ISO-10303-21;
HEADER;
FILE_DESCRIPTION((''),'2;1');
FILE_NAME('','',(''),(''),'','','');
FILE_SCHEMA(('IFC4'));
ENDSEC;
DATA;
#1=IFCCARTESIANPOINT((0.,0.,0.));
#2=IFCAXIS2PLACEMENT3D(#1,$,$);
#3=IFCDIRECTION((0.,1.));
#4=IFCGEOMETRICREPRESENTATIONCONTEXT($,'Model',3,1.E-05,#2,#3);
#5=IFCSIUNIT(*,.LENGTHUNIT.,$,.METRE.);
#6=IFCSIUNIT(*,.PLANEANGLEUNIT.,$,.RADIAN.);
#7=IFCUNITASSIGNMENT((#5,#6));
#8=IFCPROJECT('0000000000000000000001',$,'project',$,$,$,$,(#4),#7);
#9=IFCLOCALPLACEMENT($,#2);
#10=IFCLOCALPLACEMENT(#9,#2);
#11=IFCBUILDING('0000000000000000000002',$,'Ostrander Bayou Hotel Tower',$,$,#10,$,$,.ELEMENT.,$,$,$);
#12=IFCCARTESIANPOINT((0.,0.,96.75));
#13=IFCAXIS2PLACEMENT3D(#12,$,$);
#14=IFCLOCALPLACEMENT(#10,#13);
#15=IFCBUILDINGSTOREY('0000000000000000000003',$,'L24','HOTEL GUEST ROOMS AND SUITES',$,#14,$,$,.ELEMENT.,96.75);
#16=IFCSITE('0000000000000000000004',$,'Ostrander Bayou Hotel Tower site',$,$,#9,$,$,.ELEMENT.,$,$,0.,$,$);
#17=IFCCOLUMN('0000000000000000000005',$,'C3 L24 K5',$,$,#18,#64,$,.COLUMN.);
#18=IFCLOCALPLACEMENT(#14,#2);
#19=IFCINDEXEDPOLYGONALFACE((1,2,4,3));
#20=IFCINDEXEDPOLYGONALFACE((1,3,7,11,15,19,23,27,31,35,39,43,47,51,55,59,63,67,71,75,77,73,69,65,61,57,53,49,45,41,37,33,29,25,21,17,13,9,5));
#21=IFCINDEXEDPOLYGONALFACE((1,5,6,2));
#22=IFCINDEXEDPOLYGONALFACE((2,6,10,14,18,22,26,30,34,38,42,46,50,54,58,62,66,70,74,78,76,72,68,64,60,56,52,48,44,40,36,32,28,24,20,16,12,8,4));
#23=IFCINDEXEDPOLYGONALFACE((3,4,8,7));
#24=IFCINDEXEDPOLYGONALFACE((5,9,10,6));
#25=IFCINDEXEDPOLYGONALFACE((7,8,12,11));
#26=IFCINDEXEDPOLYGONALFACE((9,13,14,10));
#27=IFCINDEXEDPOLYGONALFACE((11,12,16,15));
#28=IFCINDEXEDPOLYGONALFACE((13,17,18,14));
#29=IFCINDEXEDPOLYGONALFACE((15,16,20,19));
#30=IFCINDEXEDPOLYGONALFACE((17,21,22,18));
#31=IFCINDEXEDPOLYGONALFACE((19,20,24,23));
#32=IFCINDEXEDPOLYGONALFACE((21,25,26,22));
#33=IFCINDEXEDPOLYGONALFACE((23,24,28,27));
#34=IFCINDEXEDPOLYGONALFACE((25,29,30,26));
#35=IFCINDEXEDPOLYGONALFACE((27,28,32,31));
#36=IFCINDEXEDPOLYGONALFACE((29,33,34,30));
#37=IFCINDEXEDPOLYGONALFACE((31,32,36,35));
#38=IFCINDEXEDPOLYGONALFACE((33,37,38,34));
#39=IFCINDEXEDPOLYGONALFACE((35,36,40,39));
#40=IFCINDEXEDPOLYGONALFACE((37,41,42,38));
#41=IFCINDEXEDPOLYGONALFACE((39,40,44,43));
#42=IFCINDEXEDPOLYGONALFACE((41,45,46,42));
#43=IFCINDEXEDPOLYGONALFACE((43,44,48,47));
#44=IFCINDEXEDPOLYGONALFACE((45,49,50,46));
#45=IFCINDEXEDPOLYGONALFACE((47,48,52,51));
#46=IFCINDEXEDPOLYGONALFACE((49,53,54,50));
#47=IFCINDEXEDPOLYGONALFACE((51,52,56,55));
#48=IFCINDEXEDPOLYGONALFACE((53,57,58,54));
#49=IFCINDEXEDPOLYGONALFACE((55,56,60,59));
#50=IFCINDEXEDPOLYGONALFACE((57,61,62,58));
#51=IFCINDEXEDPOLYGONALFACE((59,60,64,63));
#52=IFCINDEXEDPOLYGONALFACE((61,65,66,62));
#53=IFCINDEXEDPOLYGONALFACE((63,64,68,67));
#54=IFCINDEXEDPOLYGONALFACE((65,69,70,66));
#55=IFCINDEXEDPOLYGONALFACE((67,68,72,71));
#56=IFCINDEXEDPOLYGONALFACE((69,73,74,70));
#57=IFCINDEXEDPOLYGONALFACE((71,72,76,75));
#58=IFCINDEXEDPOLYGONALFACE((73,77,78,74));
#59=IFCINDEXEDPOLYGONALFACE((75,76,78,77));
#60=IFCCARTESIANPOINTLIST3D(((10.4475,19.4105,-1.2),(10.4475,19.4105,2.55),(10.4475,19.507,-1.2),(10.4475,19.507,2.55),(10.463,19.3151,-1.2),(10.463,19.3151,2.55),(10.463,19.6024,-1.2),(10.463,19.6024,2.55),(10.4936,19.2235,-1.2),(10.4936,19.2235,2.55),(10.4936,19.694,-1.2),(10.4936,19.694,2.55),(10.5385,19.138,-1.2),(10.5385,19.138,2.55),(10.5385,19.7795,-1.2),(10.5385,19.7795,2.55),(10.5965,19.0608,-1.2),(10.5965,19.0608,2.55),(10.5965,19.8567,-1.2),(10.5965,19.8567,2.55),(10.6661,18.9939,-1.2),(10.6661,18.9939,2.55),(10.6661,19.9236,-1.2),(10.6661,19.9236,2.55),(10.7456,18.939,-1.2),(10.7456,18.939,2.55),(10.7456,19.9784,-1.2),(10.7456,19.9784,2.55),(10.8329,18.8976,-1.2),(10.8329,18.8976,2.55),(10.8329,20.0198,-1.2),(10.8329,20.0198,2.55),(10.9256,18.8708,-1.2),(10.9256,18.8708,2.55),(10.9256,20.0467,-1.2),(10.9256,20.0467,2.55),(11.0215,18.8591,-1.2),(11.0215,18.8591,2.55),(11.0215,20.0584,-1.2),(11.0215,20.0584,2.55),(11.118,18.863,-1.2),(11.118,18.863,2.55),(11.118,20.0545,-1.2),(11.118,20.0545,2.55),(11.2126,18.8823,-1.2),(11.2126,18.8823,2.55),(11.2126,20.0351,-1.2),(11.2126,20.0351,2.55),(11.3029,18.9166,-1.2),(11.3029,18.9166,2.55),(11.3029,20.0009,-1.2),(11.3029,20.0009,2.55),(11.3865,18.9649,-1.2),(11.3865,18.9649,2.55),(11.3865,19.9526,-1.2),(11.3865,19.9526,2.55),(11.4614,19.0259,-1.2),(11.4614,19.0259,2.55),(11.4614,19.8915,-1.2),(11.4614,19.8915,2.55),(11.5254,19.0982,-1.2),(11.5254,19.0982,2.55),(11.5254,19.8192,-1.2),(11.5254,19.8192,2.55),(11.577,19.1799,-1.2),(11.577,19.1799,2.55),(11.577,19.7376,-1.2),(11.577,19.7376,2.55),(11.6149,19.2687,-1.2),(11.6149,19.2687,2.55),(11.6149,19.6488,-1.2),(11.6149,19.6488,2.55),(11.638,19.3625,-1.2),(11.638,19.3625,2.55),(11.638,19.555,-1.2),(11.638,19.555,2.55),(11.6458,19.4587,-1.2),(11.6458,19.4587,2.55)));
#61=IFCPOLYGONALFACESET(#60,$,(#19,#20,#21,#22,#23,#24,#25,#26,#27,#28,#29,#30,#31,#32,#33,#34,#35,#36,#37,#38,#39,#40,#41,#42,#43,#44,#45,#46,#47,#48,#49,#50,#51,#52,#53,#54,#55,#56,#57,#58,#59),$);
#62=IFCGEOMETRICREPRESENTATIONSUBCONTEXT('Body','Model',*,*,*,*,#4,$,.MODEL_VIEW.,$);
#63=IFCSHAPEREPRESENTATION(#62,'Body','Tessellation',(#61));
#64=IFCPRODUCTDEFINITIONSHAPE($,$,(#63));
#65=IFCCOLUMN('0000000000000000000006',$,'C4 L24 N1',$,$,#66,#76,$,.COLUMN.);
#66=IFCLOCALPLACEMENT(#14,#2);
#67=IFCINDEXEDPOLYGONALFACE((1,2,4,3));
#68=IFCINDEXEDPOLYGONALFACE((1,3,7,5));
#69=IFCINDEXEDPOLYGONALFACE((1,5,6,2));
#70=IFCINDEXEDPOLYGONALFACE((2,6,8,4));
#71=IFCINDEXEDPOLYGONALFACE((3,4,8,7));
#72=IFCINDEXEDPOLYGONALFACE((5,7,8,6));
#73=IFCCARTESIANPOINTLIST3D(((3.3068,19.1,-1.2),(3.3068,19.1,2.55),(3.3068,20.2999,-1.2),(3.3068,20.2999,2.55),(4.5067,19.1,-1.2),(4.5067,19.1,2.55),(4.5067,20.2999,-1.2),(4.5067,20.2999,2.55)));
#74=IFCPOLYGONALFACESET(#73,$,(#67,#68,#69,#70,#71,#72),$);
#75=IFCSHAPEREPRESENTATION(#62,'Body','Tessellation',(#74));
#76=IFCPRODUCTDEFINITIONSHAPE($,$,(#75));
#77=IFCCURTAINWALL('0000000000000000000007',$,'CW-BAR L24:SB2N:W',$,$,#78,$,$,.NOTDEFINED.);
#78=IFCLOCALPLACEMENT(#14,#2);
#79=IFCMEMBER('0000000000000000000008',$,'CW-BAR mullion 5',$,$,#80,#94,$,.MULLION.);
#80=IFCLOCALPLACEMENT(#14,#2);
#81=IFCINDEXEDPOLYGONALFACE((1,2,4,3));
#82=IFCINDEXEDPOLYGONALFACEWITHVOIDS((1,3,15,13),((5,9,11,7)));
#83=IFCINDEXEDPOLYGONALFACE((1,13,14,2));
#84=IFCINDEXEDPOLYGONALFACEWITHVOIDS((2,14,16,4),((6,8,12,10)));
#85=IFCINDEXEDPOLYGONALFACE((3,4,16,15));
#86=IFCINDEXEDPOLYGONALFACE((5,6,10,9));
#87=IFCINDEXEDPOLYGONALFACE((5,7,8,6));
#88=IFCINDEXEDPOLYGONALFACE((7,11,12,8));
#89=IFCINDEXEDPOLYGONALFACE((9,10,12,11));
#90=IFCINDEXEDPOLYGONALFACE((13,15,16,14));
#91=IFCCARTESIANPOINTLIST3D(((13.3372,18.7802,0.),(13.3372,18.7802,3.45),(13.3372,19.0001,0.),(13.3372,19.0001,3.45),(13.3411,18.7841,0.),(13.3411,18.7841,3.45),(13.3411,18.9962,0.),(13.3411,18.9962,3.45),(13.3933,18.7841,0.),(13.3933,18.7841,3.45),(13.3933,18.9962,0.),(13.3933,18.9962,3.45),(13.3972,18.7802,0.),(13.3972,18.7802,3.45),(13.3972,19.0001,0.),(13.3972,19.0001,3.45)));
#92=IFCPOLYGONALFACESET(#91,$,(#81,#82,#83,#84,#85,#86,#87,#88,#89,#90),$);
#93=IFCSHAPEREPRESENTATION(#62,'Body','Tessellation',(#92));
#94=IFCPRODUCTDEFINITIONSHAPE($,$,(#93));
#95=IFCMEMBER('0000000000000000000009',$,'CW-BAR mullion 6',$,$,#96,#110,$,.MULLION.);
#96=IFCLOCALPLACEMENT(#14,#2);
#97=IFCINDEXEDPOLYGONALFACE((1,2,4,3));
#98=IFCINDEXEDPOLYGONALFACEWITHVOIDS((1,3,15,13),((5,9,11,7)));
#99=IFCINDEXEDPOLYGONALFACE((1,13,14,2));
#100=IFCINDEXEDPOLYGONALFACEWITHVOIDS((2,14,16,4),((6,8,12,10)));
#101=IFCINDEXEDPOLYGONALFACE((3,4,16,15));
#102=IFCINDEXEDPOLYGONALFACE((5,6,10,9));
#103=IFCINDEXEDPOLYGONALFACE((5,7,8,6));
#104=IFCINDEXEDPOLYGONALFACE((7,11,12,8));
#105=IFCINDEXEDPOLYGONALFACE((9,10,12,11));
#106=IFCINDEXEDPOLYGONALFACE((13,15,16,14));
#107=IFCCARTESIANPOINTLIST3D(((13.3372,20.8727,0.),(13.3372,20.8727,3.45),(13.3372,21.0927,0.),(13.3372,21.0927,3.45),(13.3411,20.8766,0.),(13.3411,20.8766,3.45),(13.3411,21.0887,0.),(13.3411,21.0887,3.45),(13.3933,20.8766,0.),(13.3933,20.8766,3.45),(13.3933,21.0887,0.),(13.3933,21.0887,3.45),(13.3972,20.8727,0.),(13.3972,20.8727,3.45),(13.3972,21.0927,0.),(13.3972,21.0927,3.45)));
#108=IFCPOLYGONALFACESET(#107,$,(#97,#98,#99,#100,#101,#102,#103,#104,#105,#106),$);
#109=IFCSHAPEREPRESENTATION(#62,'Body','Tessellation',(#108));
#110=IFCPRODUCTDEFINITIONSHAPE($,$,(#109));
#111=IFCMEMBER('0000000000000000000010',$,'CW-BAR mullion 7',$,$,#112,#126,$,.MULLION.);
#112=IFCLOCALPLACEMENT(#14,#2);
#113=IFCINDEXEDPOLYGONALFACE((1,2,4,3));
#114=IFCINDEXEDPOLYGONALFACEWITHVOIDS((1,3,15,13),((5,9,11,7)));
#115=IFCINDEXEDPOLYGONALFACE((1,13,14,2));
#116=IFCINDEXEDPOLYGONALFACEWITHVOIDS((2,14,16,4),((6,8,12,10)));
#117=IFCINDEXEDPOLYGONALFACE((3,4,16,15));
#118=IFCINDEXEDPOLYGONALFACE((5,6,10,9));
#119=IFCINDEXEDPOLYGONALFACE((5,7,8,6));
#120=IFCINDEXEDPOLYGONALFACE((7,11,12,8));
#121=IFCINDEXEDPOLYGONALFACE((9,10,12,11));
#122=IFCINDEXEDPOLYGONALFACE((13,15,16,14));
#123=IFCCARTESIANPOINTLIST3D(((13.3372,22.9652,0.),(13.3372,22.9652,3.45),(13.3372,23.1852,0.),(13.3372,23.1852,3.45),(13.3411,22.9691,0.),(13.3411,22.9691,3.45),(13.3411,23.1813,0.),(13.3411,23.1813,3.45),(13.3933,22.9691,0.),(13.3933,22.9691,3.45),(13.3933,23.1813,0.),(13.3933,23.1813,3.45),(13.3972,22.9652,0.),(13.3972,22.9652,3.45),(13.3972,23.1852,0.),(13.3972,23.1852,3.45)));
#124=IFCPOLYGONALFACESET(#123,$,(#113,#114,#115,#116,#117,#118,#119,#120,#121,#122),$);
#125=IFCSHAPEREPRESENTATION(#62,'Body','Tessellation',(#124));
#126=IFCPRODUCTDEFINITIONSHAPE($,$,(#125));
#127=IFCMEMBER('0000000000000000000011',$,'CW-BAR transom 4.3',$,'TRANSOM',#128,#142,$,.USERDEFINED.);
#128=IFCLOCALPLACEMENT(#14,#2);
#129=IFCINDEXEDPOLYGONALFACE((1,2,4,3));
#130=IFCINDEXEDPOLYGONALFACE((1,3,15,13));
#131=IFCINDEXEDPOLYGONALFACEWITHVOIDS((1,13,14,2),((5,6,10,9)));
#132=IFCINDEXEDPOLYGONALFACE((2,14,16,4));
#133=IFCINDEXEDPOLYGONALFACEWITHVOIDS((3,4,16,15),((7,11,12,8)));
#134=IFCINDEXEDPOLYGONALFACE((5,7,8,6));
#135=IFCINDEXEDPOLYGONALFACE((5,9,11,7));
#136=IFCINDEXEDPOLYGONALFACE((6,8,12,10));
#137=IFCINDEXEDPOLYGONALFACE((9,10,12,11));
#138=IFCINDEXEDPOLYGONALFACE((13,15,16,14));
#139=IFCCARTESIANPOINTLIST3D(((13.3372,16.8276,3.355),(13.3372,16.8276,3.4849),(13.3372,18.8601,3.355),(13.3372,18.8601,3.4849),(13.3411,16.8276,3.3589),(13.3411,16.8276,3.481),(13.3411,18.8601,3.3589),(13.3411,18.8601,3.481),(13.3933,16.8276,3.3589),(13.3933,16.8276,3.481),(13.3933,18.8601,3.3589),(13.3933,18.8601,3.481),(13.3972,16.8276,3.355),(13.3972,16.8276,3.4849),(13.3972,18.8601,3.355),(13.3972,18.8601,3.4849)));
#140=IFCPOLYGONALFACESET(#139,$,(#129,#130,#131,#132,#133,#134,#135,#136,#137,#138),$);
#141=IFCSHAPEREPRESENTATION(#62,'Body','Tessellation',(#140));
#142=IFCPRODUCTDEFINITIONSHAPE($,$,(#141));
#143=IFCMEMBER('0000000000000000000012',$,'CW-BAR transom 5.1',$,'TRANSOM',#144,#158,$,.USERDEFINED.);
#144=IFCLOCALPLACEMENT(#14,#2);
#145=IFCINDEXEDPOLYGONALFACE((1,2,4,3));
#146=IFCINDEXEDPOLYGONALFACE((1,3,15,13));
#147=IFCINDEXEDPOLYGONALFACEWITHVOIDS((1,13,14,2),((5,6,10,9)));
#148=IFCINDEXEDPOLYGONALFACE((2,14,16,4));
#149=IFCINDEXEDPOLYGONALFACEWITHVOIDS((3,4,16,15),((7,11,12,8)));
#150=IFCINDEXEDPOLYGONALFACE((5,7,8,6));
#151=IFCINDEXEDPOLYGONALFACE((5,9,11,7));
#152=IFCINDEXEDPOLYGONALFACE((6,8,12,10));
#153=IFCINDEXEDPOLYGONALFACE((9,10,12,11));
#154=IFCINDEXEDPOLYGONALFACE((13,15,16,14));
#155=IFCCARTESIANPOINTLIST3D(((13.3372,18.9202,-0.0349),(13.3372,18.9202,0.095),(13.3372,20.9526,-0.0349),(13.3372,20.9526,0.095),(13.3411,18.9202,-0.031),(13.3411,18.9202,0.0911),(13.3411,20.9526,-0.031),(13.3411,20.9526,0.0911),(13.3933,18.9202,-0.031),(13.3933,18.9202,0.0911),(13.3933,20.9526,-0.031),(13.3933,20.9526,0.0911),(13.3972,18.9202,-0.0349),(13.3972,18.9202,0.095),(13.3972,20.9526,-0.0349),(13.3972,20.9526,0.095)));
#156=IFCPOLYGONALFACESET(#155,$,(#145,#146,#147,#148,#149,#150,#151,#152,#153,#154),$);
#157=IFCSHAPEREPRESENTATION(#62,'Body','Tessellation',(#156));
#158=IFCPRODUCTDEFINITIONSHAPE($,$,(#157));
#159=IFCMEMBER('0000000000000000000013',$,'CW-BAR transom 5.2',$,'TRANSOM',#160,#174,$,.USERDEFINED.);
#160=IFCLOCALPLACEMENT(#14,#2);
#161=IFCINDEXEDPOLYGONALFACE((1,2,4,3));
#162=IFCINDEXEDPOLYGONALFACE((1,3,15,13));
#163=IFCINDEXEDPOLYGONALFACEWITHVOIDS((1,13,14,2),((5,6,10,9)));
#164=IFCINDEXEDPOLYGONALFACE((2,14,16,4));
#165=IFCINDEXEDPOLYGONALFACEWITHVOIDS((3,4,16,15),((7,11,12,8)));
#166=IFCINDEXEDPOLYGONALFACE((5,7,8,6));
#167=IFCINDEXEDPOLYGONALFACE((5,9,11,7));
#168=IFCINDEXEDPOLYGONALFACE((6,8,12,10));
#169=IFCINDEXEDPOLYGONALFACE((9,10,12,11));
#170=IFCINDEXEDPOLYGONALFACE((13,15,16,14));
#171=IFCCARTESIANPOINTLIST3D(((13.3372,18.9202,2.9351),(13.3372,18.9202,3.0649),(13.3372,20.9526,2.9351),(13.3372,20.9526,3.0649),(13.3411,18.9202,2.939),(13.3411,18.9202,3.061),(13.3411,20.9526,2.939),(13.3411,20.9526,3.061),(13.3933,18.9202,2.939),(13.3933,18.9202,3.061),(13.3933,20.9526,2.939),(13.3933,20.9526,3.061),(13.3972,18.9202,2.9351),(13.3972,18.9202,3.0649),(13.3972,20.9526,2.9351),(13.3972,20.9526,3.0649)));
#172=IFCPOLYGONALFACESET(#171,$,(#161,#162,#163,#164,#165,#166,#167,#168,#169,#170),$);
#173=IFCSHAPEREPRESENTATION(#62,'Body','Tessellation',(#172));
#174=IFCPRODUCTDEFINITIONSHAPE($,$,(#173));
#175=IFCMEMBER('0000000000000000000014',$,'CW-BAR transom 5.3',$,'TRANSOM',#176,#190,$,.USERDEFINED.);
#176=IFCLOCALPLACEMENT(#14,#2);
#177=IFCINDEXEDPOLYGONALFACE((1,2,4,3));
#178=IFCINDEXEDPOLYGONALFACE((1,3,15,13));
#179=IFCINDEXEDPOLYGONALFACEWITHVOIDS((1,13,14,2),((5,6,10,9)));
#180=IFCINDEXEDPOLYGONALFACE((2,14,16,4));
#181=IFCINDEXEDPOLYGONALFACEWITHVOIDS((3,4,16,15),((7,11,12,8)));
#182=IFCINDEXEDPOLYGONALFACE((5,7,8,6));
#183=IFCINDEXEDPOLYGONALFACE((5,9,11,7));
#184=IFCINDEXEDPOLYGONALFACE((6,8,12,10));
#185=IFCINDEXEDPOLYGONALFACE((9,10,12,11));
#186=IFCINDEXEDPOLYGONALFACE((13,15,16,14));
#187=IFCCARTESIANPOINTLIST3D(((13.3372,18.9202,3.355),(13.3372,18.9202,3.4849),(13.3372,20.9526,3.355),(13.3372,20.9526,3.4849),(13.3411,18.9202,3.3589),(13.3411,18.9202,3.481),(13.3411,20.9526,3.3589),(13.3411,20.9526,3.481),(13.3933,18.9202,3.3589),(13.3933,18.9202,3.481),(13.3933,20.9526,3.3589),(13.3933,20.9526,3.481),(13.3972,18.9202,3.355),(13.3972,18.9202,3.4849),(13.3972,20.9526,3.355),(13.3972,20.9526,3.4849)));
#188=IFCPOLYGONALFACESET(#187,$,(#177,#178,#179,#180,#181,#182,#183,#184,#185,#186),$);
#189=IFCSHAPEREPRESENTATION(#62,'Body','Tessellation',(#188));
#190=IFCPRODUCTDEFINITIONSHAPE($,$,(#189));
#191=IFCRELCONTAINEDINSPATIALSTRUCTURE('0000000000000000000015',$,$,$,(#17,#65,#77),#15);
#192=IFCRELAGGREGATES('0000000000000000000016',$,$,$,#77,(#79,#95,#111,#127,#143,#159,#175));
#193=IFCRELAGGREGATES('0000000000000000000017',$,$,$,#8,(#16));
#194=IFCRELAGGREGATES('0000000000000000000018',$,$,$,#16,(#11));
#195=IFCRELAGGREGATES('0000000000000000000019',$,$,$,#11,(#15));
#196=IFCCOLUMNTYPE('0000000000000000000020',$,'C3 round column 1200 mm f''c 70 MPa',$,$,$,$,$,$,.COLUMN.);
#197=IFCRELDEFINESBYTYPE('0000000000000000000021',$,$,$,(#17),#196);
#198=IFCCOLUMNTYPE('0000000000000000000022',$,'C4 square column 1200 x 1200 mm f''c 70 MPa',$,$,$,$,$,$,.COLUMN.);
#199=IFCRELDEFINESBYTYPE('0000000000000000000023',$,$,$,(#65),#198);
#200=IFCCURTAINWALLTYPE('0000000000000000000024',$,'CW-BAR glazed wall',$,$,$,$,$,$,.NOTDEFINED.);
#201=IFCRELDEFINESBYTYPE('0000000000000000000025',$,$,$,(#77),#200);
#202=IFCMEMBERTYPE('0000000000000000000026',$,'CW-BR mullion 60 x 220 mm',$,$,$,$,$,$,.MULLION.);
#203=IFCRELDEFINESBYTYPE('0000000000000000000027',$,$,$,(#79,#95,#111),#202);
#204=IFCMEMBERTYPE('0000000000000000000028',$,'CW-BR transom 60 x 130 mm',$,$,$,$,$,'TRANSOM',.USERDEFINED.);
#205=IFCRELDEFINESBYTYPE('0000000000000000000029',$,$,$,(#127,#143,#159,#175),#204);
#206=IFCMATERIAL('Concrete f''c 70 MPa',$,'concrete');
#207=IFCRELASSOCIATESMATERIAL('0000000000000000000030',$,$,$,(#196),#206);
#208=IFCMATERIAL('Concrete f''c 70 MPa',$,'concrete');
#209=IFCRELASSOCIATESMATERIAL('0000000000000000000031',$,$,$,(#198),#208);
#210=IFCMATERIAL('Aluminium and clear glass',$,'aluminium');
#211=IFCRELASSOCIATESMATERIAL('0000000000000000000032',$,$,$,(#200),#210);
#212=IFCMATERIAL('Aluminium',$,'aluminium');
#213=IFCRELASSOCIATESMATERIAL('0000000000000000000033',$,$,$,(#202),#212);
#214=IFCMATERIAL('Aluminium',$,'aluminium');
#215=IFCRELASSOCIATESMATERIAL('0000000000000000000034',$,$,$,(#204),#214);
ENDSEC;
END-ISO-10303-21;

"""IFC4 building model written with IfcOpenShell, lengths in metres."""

from ifc_helpers import new_model, si_unit, direction, frame, origin, origin_2d, place, context, subcontext, project, spatial, rectangle, hollow_rectangle, circle, extrude, material, material_profile, profile_set, type_object, element, aggregate, save


model = new_model("IFC4")

# Units and contexts
model_context = context("Model", 3, precision=1e-05, world=origin(), true_north=direction((0.0, 1.0)))
body_context = subcontext(model_context, "Body", "Model", "MODEL_VIEW")
ifc_project = project(units=[si_unit("LENGTHUNIT", "METRE"), si_unit("PLANEANGLEUNIT", "RADIAN")], contexts=[model_context])

# Site, building, storey
site_placement = place(None, origin())
site = spatial("IfcSite", under=ifc_project, at=site_placement, Name="Ostrander Bayou Hotel Tower site", CompositionType="ELEMENT", RefElevation=0.0)
building_placement = place(site_placement, origin())
building = spatial("IfcBuilding", under=site, at=building_placement, Name="Ostrander Bayou Hotel Tower", CompositionType="ELEMENT")
storey_placement = place(building_placement, frame((0.0, 0.0, 96.75)))
storey = spatial("IfcBuildingStorey", under=building, at=storey_placement, Name="L24", Description="HOTEL GUEST ROOMS AND SUITES", CompositionType="ELEMENT", Elevation=96.75)

# Columns
ifc_material_1 = material(Name="Concrete f'c 70 MPa", Category="concrete")
ifc_material_profile_1 = material_profile(ifc_material_1, circle(Radius=0.6001, at=origin_2d()))
ifc_profile_set_1 = profile_set([ifc_material_profile_1], Name="Concrete f'c 70 MPa")
column_type_1 = type_object("IfcColumnType", Name="C3 round column 1200 mm f'c 70 MPa", PredefinedType="COLUMN", material=ifc_profile_set_1)
column_1_placement = place(storey_placement, frame((11.0457, 19.4587, -1.2), z_axis=(0.0, 0.0, 1.0), x_axis=(1.0, 0.0, 0.0)))
element("IfcColumn", 1, at=column_1_placement, inside=storey, type_object=column_type_1, Name="C3 L24 K5", PredefinedType="COLUMN", context=body_context, shape_type="SweptSolid", body=[
    extrude(circle(Radius=0.6001, at=origin_2d()), origin(), (0.0, 0.0, 1.0), 3.75),
])
ifc_material_2 = material(Name="Concrete f'c 70 MPa", Category="concrete")
ifc_material_profile_2 = material_profile(ifc_material_2, rectangle(XDim=1.2, YDim=1.2, at=origin_2d()))
ifc_profile_set_2 = profile_set([ifc_material_profile_2], Name="Concrete f'c 70 MPa")
column_type_2 = type_object("IfcColumnType", Name="C4 square column 1200 x 1200 mm f'c 70 MPa", PredefinedType="COLUMN", material=ifc_profile_set_2)
column_2_placement = place(storey_placement, frame((3.9067, 19.7, -1.2), z_axis=(0.0, 0.0, 1.0), x_axis=(1.0, 0.0, 0.0)))
element("IfcColumn", 2, at=column_2_placement, inside=storey, type_object=column_type_2, Name="C4 L24 N1", PredefinedType="COLUMN", context=body_context, shape_type="SweptSolid", body=[
    extrude(rectangle(XDim=1.2, YDim=1.2, at=origin_2d()), origin(), (0.0, 0.0, 1.0), 3.75),
])

# Curtain wall, members
ifc_material_3 = material(Name="Aluminium and clear glass", Category="aluminium")
curtain_wall_type = type_object("IfcCurtainWallType", Name="CW-BAR glazed wall", PredefinedType="NOTDEFINED", material=ifc_material_3)
curtain_wall_placement = place(storey_placement, origin())
curtain_wall = element("IfcCurtainWall", 3, at=curtain_wall_placement, inside=storey, type_object=curtain_wall_type, Name="CW-BAR L24:SB2N:W", PredefinedType="NOTDEFINED")
ifc_material_4 = material(Name="Aluminium", Category="aluminium")
ifc_material_profile_3 = material_profile(ifc_material_4, hollow_rectangle(XDim=0.0601, YDim=0.22, WallThickness=0.0039, at=origin_2d()))
ifc_profile_set_3 = profile_set([ifc_material_profile_3], Name="Aluminium")
member_type_1 = type_object("IfcMemberType", Name="CW-BR mullion 60 x 220 mm", PredefinedType="MULLION", material=ifc_profile_set_3)
member_1_placement = place(storey_placement, frame((13.3672, 18.8901, 0.0), z_axis=(0.0, 0.0, 1.0), x_axis=(-1.0, 0.0, 0.0)))
member_1 = element("IfcMember", 4, at=member_1_placement, type_object=member_type_1, Name="CW-BAR mullion 5", PredefinedType="MULLION", context=body_context, shape_type="SweptSolid", body=[
    extrude(hollow_rectangle(XDim=0.0601, YDim=0.22, WallThickness=0.0039, at=origin_2d()), origin(), (0.0, 0.0, 1.0), 3.45),
])
member_2_placement = place(storey_placement, frame((13.3672, 20.9827, 0.0), z_axis=(0.0, 0.0, 1.0), x_axis=(-1.0, 0.0, 0.0)))
member_2 = element("IfcMember", 5, at=member_2_placement, type_object=member_type_1, Name="CW-BAR mullion 6", PredefinedType="MULLION", context=body_context, shape_type="SweptSolid", body=[
    extrude(hollow_rectangle(XDim=0.0601, YDim=0.22, WallThickness=0.0039, at=origin_2d()), origin(), (0.0, 0.0, 1.0), 3.45),
])
member_3_placement = place(storey_placement, frame((13.3672, 23.0752, 0.0), z_axis=(0.0, 0.0, 1.0), x_axis=(-1.0, 0.0, 0.0)))
member_3 = element("IfcMember", 6, at=member_3_placement, type_object=member_type_1, Name="CW-BAR mullion 7", PredefinedType="MULLION", context=body_context, shape_type="SweptSolid", body=[
    extrude(hollow_rectangle(XDim=0.0601, YDim=0.22, WallThickness=0.0039, at=origin_2d()), origin(), (0.0, 0.0, 1.0), 3.45),
])
ifc_material_5 = material(Name="Aluminium", Category="aluminium")
ifc_material_profile_4 = material_profile(ifc_material_5, hollow_rectangle(XDim=0.0601, YDim=0.1299, WallThickness=0.0039, at=origin_2d()))
ifc_profile_set_4 = profile_set([ifc_material_profile_4], Name="Aluminium")
member_type_2 = type_object("IfcMemberType", Name="CW-BR transom 60 x 130 mm", ElementType="TRANSOM", PredefinedType="USERDEFINED", material=ifc_profile_set_4)
member_4_placement = place(storey_placement, frame((13.3672, 16.8276, 3.4199), z_axis=(0.0, 1.0, 0.0), x_axis=(-1.0, 0.0, 0.0)))
member_4 = element("IfcMember", 7, at=member_4_placement, type_object=member_type_2, Name="CW-BAR transom 4.3", ObjectType="TRANSOM", PredefinedType="USERDEFINED", context=body_context, shape_type="SweptSolid", body=[
    extrude(hollow_rectangle(XDim=0.0601, YDim=0.1299, WallThickness=0.0039, at=origin_2d()), origin(), (0.0, 0.0, 1.0), 2.0325),
])
member_5_placement = place(storey_placement, frame((13.3672, 18.9202, 0.03), z_axis=(0.0, 1.0, 0.0), x_axis=(-1.0, 0.0, 0.0)))
member_5 = element("IfcMember", 8, at=member_5_placement, type_object=member_type_2, Name="CW-BAR transom 5.1", ObjectType="TRANSOM", PredefinedType="USERDEFINED", context=body_context, shape_type="SweptSolid", body=[
    extrude(hollow_rectangle(XDim=0.0601, YDim=0.1299, WallThickness=0.0039, at=origin_2d()), origin(), (0.0, 0.0, 1.0), 2.0325),
])
member_6_placement = place(storey_placement, frame((13.3672, 18.9202, 3.0), z_axis=(0.0, 1.0, 0.0), x_axis=(-1.0, 0.0, 0.0)))
member_6 = element("IfcMember", 9, at=member_6_placement, type_object=member_type_2, Name="CW-BAR transom 5.2", ObjectType="TRANSOM", PredefinedType="USERDEFINED", context=body_context, shape_type="SweptSolid", body=[
    extrude(hollow_rectangle(XDim=0.0601, YDim=0.1299, WallThickness=0.0039, at=origin_2d()), origin(), (0.0, 0.0, 1.0), 2.0325),
])
member_7_placement = place(storey_placement, frame((13.3672, 18.9202, 3.4199), z_axis=(0.0, 1.0, 0.0), x_axis=(-1.0, 0.0, 0.0)))
member_7 = element("IfcMember", 10, at=member_7_placement, type_object=member_type_2, Name="CW-BAR transom 5.3", ObjectType="TRANSOM", PredefinedType="USERDEFINED", context=body_context, shape_type="SweptSolid", body=[
    extrude(hollow_rectangle(XDim=0.0601, YDim=0.1299, WallThickness=0.0039, at=origin_2d()), origin(), (0.0, 0.0, 1.0), 2.0325),
])

aggregate(curtain_wall, [member_1, member_2, member_3, member_4, member_5, member_6, member_7])

save(model, "model.ifc")
